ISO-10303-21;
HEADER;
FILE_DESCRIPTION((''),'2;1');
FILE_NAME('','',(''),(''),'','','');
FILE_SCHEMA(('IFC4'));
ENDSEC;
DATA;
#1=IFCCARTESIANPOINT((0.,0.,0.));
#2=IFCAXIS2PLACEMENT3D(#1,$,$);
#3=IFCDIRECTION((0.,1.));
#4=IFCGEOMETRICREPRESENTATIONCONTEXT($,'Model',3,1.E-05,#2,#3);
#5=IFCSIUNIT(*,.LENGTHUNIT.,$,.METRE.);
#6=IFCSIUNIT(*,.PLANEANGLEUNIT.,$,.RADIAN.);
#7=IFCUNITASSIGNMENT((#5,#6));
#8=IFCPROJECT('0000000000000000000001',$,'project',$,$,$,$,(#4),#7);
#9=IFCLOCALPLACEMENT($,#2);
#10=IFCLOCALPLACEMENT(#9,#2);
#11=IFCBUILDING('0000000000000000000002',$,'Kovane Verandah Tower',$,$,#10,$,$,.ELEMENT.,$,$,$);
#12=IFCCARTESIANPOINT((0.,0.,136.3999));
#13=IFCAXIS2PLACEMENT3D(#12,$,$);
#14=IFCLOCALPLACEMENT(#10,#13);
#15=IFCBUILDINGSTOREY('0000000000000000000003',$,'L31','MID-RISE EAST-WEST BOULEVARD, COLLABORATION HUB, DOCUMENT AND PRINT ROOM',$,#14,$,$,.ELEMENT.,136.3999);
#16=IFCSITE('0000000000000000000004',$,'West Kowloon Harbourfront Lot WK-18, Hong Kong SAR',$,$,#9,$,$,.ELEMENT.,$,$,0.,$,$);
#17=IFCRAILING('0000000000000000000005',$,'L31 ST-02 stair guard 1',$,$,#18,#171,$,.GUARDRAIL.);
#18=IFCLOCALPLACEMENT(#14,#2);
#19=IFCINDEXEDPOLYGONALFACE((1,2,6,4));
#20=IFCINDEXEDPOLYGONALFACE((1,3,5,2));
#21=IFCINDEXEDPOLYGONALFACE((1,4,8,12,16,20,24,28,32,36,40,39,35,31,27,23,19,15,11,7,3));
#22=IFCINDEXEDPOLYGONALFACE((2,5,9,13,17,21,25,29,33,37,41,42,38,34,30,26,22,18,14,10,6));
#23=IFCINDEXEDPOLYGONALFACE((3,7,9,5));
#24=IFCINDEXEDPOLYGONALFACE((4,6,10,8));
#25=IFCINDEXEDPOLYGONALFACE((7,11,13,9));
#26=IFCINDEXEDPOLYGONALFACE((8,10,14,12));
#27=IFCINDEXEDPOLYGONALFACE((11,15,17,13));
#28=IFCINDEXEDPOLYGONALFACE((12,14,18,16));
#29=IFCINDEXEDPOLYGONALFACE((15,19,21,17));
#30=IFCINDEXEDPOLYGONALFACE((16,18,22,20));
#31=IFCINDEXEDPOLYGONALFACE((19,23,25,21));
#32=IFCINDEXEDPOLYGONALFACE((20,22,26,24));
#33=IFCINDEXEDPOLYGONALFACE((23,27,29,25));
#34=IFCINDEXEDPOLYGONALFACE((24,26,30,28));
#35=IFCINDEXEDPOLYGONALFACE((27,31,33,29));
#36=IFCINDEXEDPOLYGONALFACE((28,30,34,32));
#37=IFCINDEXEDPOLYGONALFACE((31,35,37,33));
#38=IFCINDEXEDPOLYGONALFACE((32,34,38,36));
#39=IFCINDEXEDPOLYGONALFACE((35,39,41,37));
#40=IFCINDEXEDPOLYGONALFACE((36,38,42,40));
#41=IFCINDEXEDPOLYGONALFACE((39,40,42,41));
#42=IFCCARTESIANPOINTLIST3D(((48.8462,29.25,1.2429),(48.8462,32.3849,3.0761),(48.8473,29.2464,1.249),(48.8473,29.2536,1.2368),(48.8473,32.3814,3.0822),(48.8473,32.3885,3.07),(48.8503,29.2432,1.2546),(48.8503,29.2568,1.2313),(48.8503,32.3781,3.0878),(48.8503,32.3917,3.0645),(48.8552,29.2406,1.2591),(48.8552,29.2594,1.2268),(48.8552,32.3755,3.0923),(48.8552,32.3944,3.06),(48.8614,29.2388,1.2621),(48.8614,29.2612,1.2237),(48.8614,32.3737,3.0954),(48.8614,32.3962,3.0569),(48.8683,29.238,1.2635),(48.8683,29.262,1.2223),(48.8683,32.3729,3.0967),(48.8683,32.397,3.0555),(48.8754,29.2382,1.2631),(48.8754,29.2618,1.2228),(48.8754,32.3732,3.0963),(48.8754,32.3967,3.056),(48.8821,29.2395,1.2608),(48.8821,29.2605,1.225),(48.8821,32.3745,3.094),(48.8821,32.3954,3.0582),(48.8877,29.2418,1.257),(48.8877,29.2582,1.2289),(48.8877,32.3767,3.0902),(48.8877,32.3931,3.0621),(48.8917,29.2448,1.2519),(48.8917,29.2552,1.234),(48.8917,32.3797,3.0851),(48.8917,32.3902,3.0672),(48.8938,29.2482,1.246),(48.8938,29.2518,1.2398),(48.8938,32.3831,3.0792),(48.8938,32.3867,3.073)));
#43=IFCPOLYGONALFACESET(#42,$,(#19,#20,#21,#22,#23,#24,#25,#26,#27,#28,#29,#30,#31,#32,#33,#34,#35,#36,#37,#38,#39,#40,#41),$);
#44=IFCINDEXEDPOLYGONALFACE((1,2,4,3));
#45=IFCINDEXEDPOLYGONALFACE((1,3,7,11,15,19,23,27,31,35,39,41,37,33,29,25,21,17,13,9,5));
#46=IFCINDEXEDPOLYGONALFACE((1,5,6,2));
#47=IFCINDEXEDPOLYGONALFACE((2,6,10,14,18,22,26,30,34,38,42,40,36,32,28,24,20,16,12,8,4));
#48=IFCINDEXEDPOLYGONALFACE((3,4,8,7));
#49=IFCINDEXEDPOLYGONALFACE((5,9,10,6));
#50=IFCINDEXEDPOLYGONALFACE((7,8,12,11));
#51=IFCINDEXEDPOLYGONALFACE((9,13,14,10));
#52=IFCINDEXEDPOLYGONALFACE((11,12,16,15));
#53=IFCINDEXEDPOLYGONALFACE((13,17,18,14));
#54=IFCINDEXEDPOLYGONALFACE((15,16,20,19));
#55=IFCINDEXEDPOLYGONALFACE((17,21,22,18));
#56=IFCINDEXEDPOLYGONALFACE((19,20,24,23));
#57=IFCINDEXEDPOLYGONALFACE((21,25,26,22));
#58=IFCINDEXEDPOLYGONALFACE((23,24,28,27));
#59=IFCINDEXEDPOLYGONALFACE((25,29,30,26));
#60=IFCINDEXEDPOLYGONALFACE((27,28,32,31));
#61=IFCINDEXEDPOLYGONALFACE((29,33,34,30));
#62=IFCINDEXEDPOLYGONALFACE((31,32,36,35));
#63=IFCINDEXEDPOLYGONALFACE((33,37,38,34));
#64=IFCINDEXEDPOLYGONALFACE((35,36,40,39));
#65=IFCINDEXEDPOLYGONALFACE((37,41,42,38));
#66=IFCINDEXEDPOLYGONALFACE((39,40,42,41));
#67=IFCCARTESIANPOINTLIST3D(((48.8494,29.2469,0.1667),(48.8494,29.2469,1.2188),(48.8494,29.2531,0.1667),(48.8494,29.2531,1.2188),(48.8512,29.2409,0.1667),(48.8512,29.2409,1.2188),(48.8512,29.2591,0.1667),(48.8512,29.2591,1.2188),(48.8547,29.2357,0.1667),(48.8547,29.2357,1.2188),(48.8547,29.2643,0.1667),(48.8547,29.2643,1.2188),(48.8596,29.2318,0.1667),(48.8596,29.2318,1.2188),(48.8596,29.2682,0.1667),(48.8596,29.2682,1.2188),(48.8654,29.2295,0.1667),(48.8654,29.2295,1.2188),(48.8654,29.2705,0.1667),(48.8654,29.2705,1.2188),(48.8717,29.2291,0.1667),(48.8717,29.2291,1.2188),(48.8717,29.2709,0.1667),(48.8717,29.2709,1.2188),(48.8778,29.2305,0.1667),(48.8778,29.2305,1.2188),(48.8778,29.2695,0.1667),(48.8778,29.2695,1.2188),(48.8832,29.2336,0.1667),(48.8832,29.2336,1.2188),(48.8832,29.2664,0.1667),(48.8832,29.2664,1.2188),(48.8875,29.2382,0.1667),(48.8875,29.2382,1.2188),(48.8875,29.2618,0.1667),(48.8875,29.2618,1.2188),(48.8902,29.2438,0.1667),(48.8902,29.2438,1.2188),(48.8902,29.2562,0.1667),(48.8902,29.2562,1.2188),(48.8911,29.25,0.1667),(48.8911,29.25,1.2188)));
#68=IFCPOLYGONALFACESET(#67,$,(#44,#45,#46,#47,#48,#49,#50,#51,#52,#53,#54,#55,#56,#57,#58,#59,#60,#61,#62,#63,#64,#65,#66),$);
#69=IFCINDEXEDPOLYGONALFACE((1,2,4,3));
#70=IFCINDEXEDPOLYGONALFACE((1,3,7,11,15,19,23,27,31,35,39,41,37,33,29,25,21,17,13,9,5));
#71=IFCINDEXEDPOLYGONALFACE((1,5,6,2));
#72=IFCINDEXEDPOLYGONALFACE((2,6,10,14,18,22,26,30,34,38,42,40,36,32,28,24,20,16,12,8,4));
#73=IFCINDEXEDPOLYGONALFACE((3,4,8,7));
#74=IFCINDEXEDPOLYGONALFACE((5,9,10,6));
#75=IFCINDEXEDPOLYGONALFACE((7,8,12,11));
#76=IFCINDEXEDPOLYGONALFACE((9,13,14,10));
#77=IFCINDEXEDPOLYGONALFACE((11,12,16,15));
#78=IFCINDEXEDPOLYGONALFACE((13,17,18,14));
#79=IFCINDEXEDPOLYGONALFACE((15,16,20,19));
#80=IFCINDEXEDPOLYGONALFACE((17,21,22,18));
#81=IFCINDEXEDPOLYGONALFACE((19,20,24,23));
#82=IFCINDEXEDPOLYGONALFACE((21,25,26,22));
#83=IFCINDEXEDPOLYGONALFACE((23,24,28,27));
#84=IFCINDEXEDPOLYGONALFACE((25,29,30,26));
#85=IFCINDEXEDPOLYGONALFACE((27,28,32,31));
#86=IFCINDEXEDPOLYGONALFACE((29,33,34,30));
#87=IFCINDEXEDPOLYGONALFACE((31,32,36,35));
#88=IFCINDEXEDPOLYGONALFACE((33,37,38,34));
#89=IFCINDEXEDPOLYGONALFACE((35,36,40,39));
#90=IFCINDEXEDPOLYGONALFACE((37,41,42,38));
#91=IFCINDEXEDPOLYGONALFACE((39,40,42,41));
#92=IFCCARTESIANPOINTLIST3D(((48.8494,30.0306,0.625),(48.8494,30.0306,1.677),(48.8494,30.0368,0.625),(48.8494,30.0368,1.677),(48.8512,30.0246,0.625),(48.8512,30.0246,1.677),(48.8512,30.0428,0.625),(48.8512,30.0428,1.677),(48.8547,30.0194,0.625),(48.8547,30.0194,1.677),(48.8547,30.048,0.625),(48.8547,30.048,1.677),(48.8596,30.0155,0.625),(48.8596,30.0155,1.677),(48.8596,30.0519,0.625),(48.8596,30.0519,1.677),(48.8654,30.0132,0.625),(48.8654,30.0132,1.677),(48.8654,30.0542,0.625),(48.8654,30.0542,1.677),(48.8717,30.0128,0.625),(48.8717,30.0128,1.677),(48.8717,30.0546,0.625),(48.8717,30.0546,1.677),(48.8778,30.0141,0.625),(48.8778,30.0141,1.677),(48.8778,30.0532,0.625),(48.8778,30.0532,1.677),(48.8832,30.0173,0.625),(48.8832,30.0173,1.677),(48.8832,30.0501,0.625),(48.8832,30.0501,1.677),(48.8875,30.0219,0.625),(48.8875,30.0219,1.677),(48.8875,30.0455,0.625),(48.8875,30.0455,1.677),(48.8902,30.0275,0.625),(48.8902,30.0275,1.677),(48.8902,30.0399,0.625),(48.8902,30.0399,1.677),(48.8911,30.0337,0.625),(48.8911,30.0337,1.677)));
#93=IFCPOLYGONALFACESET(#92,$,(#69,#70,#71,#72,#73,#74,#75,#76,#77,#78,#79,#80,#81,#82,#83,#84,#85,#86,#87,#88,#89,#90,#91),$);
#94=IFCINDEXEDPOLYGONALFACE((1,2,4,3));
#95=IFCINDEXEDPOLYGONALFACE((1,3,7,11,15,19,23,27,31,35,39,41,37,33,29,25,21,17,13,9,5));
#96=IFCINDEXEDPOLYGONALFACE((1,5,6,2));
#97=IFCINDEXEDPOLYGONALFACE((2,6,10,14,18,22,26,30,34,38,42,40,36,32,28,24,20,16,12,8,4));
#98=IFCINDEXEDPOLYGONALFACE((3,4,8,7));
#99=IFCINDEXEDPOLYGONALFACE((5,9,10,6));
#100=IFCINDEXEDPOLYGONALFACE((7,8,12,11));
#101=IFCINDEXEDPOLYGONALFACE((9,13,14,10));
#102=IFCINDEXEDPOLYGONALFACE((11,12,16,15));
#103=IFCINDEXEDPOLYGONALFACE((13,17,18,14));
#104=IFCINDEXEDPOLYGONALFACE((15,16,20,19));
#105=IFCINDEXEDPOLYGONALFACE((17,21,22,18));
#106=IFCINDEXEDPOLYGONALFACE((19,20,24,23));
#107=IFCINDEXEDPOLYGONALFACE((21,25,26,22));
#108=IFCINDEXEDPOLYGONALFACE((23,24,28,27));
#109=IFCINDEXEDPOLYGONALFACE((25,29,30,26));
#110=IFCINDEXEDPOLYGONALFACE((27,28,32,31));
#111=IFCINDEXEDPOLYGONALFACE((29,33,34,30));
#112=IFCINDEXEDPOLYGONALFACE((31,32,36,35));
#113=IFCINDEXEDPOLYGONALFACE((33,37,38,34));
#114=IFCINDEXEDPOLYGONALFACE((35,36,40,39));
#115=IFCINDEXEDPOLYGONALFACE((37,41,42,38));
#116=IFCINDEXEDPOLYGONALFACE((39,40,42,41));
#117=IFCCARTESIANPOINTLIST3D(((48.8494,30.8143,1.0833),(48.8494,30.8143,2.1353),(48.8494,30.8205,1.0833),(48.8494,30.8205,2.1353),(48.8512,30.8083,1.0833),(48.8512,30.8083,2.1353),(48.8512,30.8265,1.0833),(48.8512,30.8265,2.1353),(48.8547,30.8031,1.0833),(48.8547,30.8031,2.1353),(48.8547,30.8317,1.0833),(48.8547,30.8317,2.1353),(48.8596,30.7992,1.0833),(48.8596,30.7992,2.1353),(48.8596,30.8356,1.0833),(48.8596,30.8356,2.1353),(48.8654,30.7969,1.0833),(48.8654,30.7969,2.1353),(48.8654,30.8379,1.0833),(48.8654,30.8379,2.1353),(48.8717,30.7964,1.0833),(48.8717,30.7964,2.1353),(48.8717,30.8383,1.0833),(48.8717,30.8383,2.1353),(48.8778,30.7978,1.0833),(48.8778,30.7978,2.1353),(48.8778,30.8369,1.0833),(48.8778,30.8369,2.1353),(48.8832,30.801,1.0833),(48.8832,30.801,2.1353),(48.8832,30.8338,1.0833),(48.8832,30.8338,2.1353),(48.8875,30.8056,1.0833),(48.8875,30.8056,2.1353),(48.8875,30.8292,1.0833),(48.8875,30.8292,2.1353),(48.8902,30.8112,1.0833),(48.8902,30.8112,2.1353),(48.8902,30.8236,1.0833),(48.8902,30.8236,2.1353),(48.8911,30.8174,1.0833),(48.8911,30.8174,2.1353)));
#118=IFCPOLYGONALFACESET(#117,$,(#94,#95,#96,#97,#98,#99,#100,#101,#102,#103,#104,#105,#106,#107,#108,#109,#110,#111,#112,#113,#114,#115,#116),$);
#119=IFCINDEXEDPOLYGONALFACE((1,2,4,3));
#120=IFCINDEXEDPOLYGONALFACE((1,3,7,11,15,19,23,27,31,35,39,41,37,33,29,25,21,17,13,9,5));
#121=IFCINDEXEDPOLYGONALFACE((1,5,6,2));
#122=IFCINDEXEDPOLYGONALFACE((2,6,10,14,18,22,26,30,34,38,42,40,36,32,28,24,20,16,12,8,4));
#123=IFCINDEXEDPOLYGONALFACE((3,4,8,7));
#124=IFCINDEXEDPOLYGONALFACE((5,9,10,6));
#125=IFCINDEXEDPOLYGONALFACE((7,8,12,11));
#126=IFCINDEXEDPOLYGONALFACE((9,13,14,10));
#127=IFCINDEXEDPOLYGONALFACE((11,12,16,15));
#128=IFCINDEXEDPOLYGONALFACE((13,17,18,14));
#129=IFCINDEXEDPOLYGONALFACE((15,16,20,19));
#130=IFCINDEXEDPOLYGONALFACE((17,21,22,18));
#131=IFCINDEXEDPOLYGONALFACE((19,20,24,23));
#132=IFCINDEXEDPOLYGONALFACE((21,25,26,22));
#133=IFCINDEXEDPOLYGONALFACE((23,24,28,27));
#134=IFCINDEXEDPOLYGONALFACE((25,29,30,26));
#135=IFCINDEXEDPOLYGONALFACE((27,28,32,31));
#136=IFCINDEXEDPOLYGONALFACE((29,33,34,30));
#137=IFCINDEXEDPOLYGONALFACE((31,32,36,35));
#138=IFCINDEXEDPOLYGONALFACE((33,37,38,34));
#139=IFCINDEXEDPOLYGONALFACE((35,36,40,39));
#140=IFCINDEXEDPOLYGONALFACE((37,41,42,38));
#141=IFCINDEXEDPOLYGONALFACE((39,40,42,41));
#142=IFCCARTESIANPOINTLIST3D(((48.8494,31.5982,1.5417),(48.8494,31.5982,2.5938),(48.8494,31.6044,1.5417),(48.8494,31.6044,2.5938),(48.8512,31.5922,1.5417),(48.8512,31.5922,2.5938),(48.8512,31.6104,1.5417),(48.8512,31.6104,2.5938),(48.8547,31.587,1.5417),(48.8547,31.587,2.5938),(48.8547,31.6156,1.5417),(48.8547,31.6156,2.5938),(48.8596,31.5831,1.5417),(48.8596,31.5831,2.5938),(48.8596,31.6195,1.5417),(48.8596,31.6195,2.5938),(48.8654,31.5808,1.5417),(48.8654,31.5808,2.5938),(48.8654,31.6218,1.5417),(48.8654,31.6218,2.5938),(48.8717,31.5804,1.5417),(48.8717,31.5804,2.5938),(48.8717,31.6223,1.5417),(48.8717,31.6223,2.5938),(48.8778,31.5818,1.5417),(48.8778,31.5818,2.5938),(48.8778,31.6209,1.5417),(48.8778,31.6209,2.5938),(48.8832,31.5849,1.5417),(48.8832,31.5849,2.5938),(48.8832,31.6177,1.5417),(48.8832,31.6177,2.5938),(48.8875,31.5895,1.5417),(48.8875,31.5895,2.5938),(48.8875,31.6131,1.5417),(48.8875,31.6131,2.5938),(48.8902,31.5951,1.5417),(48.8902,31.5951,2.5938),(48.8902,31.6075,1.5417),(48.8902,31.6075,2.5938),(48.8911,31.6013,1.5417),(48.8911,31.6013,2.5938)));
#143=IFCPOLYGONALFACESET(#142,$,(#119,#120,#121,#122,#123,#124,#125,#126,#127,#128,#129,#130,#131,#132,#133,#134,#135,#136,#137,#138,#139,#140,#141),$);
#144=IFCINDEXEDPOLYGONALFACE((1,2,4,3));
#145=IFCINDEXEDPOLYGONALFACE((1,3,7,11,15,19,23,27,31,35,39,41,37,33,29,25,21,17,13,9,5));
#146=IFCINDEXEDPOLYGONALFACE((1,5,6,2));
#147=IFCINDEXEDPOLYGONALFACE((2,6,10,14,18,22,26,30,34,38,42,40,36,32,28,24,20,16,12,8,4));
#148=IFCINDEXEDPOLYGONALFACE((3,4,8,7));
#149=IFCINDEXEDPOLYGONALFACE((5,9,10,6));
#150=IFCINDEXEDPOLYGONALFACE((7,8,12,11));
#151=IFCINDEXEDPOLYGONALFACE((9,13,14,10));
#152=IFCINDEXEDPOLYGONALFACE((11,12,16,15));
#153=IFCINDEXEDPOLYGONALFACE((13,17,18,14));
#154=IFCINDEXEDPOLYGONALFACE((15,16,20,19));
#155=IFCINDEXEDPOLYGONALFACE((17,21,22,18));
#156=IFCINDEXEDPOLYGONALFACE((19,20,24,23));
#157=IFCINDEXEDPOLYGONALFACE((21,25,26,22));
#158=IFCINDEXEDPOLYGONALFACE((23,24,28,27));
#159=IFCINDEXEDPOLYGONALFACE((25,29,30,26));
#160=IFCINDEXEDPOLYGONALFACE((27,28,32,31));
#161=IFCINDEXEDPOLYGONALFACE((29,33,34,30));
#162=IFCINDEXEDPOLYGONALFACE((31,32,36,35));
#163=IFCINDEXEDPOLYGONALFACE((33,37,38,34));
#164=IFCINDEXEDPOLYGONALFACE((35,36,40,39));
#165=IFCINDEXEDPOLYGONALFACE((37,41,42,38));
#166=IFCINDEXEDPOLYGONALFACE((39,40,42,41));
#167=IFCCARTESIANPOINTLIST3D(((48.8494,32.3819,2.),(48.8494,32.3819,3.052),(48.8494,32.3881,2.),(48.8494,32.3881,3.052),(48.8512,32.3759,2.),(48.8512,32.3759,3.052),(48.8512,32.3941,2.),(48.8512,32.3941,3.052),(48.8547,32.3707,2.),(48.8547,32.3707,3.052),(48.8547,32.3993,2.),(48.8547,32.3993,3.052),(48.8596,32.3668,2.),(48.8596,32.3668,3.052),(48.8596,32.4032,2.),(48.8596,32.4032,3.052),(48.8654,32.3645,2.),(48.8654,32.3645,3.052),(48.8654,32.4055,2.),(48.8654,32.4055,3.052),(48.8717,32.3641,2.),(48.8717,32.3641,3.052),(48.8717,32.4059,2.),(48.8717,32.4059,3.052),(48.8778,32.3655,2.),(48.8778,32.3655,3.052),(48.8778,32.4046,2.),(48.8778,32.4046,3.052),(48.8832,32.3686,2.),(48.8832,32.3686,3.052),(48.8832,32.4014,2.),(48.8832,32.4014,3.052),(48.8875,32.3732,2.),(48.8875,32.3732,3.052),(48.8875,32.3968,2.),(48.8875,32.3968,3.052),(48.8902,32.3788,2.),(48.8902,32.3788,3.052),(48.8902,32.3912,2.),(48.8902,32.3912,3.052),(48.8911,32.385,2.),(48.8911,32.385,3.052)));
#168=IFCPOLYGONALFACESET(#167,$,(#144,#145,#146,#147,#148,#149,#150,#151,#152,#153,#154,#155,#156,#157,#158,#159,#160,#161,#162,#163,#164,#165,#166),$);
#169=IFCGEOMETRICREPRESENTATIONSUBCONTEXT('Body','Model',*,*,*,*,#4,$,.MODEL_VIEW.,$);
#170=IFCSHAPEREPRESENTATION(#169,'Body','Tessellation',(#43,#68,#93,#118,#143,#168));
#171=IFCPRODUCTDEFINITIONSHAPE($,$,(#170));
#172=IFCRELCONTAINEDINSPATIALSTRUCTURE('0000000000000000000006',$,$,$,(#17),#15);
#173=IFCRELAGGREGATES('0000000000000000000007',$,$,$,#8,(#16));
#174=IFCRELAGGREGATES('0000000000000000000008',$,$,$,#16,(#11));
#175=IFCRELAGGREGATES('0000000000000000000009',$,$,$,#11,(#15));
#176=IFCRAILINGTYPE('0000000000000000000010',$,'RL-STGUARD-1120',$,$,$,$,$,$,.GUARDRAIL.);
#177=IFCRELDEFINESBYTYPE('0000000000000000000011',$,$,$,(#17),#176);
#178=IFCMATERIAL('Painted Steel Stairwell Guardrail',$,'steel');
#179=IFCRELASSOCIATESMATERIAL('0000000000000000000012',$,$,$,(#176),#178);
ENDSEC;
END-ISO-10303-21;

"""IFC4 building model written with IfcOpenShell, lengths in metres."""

from ifc_helpers import new_model, si_unit, direction, frame, origin, origin_2d, place, context, subcontext, project, spatial, circle, extrude, material, type_object, element, save


model = new_model("IFC4")

# Units and contexts
model_context = context("Model", 3, precision=1e-05, world=origin(), true_north=direction((0.0, 1.0)))
body_context = subcontext(model_context, "Body", "Model", "MODEL_VIEW")
ifc_project = project(units=[si_unit("LENGTHUNIT", "METRE"), si_unit("PLANEANGLEUNIT", "RADIAN")], contexts=[model_context])

# Site, building, storey
site_placement = place(None, origin())
site = spatial("IfcSite", under=ifc_project, at=site_placement, Name="West Kowloon Harbourfront Lot WK-18, Hong Kong SAR", CompositionType="ELEMENT", RefElevation=0.0)
building_placement = place(site_placement, origin())
building = spatial("IfcBuilding", under=site, at=building_placement, Name="Kovane Verandah Tower", CompositionType="ELEMENT")
storey_placement = place(building_placement, frame((0.0, 0.0, 136.3999)))
storey = spatial("IfcBuildingStorey", under=building, at=storey_placement, Name="L31", Description="MID-RISE EAST-WEST BOULEVARD, COLLABORATION HUB, DOCUMENT AND PRINT ROOM", CompositionType="ELEMENT", Elevation=136.3999)

# Railing
ifc_material_1 = material(Name="Painted Steel Stairwell Guardrail", Category="steel")
railing_type_1 = type_object("IfcRailingType", Name="RL-STGUARD-1120", PredefinedType="GUARDRAIL", material=ifc_material_1)
railing_1_placement = place(storey_placement, frame((48.8701, 29.25, 0.1667)))
element("IfcRailing", 1, at=railing_1_placement, inside=storey, type_object=railing_type_1, Name="L31 ST-02 stair guard 1", PredefinedType="GUARDRAIL", context=body_context, shape_type="SweptSolid", body=[
    extrude(circle(Radius=0.0239, at=origin_2d()), frame((0.0, 0.0, 1.0762), z_axis=(0.0, 0.86324, 0.504794), x_axis=(-1.0, 0.0, 0.0)), (0.0, 0.0, 1.0), 3.6316),
    extrude(circle(Radius=0.021, at=origin_2d()), origin(), (0.0, 0.0, 1.0), 1.052),
    extrude(circle(Radius=0.021, at=origin_2d()), frame((0.0, 0.7837, 0.4583)), (0.0, 0.0, 1.0), 1.052),
    extrude(circle(Radius=0.021, at=origin_2d()), frame((0.0, 1.5674, 0.9165)), (0.0, 0.0, 1.0), 1.052),
    extrude(circle(Radius=0.021, at=origin_2d()), frame((0.0, 2.3513, 1.375)), (0.0, 0.0, 1.0), 1.052),
    extrude(circle(Radius=0.021, at=origin_2d()), frame((0.0, 3.135, 1.8333)), (0.0, 0.0, 1.0), 1.052),
])

save(model, "model.ifc")
